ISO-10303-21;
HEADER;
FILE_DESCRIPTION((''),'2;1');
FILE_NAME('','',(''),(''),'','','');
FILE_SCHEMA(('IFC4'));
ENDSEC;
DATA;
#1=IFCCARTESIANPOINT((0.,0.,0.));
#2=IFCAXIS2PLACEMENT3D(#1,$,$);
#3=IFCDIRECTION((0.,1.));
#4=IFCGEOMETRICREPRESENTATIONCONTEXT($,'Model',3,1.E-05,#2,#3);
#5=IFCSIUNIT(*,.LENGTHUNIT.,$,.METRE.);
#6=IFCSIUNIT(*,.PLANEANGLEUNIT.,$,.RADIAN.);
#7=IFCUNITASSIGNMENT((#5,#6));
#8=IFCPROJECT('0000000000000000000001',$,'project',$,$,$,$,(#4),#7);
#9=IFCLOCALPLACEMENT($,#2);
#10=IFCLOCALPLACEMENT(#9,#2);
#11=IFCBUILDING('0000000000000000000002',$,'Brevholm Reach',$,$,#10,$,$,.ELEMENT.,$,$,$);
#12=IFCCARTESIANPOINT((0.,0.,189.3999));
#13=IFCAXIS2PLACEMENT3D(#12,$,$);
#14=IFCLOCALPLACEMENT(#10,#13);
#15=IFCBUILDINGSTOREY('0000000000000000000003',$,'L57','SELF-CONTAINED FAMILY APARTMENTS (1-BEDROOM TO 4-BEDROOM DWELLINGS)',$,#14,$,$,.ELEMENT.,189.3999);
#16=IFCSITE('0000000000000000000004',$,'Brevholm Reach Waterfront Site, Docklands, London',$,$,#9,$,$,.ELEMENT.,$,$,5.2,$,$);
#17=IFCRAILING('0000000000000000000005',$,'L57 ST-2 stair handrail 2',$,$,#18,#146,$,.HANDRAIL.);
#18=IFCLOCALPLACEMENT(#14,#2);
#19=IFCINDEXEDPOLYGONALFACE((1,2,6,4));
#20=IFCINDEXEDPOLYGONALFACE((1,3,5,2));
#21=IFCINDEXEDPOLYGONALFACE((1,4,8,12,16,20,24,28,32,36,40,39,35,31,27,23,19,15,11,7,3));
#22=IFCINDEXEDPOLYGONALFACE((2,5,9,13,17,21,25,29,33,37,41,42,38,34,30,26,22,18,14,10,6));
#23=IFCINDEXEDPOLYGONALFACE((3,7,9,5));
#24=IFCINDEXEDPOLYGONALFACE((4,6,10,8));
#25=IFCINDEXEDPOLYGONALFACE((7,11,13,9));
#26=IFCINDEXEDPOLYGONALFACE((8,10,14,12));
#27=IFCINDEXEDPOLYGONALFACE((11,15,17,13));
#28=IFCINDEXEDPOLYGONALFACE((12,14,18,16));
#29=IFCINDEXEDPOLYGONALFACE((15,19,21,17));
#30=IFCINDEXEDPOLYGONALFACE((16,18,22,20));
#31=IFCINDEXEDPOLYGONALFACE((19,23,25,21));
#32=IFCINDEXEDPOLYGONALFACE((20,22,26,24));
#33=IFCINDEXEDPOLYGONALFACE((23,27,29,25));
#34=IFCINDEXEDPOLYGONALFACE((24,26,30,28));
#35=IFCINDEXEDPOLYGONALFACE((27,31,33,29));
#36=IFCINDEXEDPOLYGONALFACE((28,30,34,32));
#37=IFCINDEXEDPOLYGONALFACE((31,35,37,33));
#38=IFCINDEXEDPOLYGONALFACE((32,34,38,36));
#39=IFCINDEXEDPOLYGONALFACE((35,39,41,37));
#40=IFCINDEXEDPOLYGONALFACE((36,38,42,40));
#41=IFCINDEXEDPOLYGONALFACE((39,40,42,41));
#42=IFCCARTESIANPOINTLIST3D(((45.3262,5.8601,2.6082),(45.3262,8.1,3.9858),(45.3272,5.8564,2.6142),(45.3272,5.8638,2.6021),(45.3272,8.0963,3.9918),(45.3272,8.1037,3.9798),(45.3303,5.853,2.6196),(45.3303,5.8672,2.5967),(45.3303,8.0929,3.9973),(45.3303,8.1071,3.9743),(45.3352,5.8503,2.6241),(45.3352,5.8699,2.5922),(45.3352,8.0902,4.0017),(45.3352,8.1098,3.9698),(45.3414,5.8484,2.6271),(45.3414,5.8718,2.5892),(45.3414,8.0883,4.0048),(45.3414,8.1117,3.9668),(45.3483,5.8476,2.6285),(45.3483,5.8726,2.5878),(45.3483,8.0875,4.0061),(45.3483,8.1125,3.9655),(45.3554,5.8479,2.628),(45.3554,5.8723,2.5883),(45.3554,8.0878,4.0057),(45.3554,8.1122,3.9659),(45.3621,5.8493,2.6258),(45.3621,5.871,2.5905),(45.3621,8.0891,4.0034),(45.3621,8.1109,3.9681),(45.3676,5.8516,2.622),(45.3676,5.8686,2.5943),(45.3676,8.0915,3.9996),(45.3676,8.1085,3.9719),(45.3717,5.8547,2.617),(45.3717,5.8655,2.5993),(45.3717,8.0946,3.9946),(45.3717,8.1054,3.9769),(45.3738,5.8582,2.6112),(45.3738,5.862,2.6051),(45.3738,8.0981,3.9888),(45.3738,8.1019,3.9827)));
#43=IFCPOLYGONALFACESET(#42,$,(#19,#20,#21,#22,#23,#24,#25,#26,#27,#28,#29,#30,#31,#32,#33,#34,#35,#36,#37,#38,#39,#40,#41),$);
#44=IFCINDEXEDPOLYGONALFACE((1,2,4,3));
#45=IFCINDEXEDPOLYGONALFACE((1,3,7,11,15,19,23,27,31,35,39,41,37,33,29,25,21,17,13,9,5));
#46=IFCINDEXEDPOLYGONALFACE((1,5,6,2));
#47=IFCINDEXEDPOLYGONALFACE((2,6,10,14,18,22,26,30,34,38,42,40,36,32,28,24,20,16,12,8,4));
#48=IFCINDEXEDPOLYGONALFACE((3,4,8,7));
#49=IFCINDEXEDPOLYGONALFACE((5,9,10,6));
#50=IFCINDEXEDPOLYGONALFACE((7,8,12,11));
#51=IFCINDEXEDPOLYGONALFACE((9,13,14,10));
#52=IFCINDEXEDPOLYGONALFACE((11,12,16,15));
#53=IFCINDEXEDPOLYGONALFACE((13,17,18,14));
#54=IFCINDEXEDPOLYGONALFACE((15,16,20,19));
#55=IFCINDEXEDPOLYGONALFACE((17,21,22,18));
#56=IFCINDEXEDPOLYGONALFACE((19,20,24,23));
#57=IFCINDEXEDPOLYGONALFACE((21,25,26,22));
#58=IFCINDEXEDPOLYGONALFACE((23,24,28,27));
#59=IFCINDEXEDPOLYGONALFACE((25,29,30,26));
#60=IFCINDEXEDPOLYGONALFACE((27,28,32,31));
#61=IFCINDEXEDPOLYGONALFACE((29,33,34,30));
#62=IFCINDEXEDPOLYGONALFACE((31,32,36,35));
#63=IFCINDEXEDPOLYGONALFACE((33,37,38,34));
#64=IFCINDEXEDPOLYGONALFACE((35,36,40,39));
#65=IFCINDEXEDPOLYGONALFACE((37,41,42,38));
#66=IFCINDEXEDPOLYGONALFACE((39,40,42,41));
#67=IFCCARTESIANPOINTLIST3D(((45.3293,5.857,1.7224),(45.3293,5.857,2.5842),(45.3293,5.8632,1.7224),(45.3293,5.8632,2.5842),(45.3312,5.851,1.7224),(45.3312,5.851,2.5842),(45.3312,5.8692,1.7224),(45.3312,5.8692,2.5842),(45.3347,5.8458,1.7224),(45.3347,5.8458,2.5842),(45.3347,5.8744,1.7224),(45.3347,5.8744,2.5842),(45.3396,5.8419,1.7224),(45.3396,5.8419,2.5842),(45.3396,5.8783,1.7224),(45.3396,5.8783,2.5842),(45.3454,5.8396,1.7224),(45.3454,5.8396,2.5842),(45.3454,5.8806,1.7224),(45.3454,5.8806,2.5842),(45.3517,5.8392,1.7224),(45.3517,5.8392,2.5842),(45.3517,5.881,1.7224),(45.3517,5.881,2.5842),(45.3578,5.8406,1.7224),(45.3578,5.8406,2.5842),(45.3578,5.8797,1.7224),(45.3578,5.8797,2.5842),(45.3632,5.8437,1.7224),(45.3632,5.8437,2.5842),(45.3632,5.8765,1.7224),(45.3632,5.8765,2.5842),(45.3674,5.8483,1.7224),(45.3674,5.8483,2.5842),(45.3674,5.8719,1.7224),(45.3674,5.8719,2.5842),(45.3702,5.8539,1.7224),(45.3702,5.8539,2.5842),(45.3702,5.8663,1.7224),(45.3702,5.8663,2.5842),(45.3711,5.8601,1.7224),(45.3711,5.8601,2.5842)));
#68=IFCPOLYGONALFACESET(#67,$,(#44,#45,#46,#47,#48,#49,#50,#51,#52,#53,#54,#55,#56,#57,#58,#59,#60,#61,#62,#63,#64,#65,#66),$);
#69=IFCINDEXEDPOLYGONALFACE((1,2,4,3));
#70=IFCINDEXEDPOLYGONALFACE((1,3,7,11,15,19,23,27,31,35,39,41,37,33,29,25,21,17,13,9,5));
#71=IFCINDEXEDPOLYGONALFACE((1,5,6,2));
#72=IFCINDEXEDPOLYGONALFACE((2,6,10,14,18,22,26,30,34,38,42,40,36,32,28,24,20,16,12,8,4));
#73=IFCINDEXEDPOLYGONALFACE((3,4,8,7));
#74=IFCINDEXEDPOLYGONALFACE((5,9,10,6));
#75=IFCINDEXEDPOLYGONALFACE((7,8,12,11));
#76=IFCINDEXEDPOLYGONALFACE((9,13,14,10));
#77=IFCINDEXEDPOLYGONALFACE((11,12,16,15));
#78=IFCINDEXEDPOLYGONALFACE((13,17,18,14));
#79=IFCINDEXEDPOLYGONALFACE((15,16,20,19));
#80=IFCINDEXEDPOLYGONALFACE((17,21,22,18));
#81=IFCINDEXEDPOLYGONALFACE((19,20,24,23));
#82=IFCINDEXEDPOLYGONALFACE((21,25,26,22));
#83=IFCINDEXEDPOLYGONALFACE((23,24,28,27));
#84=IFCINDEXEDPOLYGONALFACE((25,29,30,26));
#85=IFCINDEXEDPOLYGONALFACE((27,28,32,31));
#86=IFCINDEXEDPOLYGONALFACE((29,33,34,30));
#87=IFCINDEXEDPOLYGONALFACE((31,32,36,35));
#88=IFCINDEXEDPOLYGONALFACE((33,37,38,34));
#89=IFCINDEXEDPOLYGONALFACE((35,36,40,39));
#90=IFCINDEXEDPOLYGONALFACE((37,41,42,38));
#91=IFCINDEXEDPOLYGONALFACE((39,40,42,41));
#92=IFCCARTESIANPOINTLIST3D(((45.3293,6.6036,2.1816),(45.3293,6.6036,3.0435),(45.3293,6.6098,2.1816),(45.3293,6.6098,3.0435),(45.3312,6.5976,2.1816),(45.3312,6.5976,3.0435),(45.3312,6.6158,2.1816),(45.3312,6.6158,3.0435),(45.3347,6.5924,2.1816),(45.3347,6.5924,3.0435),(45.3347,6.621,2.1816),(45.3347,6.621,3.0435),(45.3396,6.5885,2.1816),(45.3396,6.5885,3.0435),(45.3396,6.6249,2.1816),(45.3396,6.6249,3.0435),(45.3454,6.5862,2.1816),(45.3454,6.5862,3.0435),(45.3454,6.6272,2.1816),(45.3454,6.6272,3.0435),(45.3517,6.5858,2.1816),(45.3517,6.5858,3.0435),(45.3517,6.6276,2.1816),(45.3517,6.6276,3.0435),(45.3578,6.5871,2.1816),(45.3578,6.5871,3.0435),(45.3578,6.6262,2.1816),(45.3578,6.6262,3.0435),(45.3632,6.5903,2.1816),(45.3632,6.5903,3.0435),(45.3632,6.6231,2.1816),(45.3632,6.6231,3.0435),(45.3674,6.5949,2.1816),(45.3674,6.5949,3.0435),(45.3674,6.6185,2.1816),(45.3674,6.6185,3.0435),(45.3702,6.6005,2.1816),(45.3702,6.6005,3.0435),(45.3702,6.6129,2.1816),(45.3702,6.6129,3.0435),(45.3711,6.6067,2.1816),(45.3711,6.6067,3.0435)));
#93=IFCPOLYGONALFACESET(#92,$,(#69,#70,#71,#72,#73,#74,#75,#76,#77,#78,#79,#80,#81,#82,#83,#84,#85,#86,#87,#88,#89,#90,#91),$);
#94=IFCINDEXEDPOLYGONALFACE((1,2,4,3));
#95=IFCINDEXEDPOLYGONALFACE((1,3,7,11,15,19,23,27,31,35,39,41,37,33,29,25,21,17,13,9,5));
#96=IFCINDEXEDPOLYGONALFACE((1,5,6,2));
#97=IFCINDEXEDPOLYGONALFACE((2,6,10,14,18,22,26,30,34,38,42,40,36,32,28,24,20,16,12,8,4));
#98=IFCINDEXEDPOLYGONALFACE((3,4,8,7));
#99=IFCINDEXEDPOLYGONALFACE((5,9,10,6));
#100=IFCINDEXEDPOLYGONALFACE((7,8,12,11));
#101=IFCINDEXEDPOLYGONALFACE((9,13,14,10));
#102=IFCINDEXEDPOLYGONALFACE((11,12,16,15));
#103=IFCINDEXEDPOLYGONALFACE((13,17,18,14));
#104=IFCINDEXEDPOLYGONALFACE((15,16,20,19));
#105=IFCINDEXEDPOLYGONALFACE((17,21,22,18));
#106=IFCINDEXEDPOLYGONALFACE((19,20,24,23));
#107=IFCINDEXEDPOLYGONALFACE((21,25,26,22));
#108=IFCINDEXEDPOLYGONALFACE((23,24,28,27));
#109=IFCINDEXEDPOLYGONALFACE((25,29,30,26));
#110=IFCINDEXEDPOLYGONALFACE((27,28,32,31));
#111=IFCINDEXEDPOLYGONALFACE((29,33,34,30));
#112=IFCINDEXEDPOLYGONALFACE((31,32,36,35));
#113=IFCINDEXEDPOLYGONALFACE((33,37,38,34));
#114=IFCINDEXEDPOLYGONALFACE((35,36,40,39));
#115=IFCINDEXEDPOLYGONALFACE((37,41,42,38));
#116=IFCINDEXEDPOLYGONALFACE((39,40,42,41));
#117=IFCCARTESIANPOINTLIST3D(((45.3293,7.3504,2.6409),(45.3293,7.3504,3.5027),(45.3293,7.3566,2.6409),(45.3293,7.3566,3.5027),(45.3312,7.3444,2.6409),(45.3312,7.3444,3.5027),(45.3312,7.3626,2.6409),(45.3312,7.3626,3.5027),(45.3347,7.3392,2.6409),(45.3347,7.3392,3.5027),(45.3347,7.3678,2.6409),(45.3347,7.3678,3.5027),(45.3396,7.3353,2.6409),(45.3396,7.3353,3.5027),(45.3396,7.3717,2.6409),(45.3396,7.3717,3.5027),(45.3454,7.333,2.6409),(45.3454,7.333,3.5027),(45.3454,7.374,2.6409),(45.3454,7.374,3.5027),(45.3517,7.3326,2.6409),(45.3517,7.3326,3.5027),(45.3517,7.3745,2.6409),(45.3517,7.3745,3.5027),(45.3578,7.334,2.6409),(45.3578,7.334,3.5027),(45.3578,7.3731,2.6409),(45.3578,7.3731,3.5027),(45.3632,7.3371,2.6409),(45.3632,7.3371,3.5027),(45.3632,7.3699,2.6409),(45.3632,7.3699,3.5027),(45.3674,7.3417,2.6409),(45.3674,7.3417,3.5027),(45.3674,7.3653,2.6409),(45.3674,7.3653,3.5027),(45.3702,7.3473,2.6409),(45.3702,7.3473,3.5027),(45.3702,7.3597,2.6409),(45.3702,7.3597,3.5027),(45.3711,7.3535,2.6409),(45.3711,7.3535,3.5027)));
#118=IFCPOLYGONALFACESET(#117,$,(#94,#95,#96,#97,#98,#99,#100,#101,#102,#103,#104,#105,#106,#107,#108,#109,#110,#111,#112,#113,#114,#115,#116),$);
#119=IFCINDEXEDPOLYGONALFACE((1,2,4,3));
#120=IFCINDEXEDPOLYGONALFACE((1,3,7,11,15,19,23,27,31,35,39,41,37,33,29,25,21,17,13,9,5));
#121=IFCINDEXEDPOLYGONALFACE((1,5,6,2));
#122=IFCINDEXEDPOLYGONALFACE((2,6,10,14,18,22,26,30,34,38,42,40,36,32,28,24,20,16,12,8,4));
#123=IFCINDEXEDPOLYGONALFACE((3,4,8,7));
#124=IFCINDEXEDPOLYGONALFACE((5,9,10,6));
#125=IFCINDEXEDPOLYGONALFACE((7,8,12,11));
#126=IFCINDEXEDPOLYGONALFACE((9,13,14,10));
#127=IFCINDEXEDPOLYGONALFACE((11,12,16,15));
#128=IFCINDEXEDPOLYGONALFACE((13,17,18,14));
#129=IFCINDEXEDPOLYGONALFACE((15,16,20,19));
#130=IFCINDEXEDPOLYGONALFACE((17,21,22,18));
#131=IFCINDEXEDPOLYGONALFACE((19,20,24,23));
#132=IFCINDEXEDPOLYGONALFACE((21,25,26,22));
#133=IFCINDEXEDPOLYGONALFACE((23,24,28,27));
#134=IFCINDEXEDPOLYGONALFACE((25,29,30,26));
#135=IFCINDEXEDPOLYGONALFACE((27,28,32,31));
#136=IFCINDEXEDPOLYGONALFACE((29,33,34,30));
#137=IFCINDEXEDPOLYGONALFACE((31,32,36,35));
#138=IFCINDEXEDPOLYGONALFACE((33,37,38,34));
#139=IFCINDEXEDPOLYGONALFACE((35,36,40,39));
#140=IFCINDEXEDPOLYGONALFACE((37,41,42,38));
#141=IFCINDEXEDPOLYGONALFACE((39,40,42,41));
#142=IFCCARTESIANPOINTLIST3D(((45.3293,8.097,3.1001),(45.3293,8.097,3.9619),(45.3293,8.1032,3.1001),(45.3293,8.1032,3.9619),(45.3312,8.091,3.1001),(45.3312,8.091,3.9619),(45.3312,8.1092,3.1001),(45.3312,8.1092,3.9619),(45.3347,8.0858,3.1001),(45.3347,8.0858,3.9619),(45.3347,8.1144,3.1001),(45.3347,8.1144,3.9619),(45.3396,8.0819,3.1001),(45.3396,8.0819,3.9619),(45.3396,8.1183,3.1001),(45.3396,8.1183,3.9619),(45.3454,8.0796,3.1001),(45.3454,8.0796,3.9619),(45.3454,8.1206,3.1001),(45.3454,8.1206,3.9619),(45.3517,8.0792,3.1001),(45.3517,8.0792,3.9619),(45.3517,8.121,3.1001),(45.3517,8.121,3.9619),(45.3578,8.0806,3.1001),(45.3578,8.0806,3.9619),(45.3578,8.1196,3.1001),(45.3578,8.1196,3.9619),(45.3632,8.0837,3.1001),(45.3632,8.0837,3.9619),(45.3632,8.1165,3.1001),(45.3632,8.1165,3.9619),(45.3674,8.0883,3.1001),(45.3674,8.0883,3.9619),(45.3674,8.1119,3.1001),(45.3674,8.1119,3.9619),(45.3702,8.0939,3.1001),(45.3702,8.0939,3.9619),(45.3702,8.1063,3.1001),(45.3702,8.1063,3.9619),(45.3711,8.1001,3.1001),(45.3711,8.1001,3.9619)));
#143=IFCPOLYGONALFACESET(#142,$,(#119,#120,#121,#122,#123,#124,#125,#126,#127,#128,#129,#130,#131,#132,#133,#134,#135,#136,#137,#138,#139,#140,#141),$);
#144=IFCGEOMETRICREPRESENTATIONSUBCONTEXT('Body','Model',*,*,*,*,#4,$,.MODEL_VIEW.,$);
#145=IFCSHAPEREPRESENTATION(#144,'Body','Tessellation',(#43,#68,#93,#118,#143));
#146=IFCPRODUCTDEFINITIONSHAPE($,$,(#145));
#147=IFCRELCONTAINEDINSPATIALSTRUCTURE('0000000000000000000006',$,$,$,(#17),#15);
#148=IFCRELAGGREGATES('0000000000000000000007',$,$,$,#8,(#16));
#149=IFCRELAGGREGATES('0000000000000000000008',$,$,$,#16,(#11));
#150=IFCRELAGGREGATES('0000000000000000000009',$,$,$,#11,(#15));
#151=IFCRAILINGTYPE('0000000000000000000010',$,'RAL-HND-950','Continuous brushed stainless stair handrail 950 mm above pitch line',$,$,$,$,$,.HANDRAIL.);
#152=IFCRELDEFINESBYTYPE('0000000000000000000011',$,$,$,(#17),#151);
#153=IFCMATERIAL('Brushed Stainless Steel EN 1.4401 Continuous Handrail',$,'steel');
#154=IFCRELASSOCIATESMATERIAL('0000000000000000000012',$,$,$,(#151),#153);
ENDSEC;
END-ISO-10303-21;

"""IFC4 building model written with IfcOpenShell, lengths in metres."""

from ifc_helpers import new_model, si_unit, direction, frame, origin, origin_2d, place, context, subcontext, project, spatial, circle, extrude, material, type_object, element, save


model = new_model("IFC4")

# Units and contexts
model_context = context("Model", 3, precision=1e-05, world=origin(), true_north=direction((0.0, 1.0)))
body_context = subcontext(model_context, "Body", "Model", "MODEL_VIEW")
ifc_project = project(units=[si_unit("LENGTHUNIT", "METRE"), si_unit("PLANEANGLEUNIT", "RADIAN")], contexts=[model_context])

# Site, building, storey
site_placement = place(None, origin())
site = spatial("IfcSite", under=ifc_project, at=site_placement, Name="Brevholm Reach Waterfront Site, Docklands, London", CompositionType="ELEMENT", RefElevation=5.2)
building_placement = place(site_placement, origin())
building = spatial("IfcBuilding", under=site, at=building_placement, Name="Brevholm Reach", CompositionType="ELEMENT")
storey_placement = place(building_placement, frame((0.0, 0.0, 189.3999)))
storey = spatial("IfcBuildingStorey", under=building, at=storey_placement, Name="L57", Description="SELF-CONTAINED FAMILY APARTMENTS (1-BEDROOM TO 4-BEDROOM DWELLINGS)", CompositionType="ELEMENT", Elevation=189.3999)

# Railing
ifc_material_1 = material(Name="Brushed Stainless Steel EN 1.4401 Continuous Handrail", Category="steel")
railing_type_1 = type_object("IfcRailingType", Name="RAL-HND-950", Description="Continuous brushed stainless stair handrail 950 mm above pitch line", PredefinedType="HANDRAIL", material=ifc_material_1)
railing_1_placement = place(storey_placement, frame((45.3501, 5.8601, 1.7224)))
element("IfcRailing", 1, at=railing_1_placement, inside=storey, type_object=railing_type_1, Name="L57 ST-2 stair handrail 2", PredefinedType="HANDRAIL", context=body_context, shape_type="SweptSolid", body=[
    extrude(circle(Radius=0.0239, at=origin_2d()), frame((0.0, 0.0, 0.8857), z_axis=(0.0, 0.851789, 0.523885), x_axis=(-1.0, 0.0, 0.0)), (0.0, 0.0, 1.0), 2.6296),
    extrude(circle(Radius=0.021, at=origin_2d()), origin(), (0.0, 0.0, 1.0), 0.8618),
    extrude(circle(Radius=0.021, at=origin_2d()), frame((0.0, 0.7466, 0.4592)), (0.0, 0.0, 1.0), 0.8618),
    extrude(circle(Radius=0.021, at=origin_2d()), frame((0.0, 1.4934, 0.9185)), (0.0, 0.0, 1.0), 0.8618),
    extrude(circle(Radius=0.021, at=origin_2d()), frame((0.0, 2.24, 1.3777)), (0.0, 0.0, 1.0), 0.8618),
])

save(model, "model.ifc")
